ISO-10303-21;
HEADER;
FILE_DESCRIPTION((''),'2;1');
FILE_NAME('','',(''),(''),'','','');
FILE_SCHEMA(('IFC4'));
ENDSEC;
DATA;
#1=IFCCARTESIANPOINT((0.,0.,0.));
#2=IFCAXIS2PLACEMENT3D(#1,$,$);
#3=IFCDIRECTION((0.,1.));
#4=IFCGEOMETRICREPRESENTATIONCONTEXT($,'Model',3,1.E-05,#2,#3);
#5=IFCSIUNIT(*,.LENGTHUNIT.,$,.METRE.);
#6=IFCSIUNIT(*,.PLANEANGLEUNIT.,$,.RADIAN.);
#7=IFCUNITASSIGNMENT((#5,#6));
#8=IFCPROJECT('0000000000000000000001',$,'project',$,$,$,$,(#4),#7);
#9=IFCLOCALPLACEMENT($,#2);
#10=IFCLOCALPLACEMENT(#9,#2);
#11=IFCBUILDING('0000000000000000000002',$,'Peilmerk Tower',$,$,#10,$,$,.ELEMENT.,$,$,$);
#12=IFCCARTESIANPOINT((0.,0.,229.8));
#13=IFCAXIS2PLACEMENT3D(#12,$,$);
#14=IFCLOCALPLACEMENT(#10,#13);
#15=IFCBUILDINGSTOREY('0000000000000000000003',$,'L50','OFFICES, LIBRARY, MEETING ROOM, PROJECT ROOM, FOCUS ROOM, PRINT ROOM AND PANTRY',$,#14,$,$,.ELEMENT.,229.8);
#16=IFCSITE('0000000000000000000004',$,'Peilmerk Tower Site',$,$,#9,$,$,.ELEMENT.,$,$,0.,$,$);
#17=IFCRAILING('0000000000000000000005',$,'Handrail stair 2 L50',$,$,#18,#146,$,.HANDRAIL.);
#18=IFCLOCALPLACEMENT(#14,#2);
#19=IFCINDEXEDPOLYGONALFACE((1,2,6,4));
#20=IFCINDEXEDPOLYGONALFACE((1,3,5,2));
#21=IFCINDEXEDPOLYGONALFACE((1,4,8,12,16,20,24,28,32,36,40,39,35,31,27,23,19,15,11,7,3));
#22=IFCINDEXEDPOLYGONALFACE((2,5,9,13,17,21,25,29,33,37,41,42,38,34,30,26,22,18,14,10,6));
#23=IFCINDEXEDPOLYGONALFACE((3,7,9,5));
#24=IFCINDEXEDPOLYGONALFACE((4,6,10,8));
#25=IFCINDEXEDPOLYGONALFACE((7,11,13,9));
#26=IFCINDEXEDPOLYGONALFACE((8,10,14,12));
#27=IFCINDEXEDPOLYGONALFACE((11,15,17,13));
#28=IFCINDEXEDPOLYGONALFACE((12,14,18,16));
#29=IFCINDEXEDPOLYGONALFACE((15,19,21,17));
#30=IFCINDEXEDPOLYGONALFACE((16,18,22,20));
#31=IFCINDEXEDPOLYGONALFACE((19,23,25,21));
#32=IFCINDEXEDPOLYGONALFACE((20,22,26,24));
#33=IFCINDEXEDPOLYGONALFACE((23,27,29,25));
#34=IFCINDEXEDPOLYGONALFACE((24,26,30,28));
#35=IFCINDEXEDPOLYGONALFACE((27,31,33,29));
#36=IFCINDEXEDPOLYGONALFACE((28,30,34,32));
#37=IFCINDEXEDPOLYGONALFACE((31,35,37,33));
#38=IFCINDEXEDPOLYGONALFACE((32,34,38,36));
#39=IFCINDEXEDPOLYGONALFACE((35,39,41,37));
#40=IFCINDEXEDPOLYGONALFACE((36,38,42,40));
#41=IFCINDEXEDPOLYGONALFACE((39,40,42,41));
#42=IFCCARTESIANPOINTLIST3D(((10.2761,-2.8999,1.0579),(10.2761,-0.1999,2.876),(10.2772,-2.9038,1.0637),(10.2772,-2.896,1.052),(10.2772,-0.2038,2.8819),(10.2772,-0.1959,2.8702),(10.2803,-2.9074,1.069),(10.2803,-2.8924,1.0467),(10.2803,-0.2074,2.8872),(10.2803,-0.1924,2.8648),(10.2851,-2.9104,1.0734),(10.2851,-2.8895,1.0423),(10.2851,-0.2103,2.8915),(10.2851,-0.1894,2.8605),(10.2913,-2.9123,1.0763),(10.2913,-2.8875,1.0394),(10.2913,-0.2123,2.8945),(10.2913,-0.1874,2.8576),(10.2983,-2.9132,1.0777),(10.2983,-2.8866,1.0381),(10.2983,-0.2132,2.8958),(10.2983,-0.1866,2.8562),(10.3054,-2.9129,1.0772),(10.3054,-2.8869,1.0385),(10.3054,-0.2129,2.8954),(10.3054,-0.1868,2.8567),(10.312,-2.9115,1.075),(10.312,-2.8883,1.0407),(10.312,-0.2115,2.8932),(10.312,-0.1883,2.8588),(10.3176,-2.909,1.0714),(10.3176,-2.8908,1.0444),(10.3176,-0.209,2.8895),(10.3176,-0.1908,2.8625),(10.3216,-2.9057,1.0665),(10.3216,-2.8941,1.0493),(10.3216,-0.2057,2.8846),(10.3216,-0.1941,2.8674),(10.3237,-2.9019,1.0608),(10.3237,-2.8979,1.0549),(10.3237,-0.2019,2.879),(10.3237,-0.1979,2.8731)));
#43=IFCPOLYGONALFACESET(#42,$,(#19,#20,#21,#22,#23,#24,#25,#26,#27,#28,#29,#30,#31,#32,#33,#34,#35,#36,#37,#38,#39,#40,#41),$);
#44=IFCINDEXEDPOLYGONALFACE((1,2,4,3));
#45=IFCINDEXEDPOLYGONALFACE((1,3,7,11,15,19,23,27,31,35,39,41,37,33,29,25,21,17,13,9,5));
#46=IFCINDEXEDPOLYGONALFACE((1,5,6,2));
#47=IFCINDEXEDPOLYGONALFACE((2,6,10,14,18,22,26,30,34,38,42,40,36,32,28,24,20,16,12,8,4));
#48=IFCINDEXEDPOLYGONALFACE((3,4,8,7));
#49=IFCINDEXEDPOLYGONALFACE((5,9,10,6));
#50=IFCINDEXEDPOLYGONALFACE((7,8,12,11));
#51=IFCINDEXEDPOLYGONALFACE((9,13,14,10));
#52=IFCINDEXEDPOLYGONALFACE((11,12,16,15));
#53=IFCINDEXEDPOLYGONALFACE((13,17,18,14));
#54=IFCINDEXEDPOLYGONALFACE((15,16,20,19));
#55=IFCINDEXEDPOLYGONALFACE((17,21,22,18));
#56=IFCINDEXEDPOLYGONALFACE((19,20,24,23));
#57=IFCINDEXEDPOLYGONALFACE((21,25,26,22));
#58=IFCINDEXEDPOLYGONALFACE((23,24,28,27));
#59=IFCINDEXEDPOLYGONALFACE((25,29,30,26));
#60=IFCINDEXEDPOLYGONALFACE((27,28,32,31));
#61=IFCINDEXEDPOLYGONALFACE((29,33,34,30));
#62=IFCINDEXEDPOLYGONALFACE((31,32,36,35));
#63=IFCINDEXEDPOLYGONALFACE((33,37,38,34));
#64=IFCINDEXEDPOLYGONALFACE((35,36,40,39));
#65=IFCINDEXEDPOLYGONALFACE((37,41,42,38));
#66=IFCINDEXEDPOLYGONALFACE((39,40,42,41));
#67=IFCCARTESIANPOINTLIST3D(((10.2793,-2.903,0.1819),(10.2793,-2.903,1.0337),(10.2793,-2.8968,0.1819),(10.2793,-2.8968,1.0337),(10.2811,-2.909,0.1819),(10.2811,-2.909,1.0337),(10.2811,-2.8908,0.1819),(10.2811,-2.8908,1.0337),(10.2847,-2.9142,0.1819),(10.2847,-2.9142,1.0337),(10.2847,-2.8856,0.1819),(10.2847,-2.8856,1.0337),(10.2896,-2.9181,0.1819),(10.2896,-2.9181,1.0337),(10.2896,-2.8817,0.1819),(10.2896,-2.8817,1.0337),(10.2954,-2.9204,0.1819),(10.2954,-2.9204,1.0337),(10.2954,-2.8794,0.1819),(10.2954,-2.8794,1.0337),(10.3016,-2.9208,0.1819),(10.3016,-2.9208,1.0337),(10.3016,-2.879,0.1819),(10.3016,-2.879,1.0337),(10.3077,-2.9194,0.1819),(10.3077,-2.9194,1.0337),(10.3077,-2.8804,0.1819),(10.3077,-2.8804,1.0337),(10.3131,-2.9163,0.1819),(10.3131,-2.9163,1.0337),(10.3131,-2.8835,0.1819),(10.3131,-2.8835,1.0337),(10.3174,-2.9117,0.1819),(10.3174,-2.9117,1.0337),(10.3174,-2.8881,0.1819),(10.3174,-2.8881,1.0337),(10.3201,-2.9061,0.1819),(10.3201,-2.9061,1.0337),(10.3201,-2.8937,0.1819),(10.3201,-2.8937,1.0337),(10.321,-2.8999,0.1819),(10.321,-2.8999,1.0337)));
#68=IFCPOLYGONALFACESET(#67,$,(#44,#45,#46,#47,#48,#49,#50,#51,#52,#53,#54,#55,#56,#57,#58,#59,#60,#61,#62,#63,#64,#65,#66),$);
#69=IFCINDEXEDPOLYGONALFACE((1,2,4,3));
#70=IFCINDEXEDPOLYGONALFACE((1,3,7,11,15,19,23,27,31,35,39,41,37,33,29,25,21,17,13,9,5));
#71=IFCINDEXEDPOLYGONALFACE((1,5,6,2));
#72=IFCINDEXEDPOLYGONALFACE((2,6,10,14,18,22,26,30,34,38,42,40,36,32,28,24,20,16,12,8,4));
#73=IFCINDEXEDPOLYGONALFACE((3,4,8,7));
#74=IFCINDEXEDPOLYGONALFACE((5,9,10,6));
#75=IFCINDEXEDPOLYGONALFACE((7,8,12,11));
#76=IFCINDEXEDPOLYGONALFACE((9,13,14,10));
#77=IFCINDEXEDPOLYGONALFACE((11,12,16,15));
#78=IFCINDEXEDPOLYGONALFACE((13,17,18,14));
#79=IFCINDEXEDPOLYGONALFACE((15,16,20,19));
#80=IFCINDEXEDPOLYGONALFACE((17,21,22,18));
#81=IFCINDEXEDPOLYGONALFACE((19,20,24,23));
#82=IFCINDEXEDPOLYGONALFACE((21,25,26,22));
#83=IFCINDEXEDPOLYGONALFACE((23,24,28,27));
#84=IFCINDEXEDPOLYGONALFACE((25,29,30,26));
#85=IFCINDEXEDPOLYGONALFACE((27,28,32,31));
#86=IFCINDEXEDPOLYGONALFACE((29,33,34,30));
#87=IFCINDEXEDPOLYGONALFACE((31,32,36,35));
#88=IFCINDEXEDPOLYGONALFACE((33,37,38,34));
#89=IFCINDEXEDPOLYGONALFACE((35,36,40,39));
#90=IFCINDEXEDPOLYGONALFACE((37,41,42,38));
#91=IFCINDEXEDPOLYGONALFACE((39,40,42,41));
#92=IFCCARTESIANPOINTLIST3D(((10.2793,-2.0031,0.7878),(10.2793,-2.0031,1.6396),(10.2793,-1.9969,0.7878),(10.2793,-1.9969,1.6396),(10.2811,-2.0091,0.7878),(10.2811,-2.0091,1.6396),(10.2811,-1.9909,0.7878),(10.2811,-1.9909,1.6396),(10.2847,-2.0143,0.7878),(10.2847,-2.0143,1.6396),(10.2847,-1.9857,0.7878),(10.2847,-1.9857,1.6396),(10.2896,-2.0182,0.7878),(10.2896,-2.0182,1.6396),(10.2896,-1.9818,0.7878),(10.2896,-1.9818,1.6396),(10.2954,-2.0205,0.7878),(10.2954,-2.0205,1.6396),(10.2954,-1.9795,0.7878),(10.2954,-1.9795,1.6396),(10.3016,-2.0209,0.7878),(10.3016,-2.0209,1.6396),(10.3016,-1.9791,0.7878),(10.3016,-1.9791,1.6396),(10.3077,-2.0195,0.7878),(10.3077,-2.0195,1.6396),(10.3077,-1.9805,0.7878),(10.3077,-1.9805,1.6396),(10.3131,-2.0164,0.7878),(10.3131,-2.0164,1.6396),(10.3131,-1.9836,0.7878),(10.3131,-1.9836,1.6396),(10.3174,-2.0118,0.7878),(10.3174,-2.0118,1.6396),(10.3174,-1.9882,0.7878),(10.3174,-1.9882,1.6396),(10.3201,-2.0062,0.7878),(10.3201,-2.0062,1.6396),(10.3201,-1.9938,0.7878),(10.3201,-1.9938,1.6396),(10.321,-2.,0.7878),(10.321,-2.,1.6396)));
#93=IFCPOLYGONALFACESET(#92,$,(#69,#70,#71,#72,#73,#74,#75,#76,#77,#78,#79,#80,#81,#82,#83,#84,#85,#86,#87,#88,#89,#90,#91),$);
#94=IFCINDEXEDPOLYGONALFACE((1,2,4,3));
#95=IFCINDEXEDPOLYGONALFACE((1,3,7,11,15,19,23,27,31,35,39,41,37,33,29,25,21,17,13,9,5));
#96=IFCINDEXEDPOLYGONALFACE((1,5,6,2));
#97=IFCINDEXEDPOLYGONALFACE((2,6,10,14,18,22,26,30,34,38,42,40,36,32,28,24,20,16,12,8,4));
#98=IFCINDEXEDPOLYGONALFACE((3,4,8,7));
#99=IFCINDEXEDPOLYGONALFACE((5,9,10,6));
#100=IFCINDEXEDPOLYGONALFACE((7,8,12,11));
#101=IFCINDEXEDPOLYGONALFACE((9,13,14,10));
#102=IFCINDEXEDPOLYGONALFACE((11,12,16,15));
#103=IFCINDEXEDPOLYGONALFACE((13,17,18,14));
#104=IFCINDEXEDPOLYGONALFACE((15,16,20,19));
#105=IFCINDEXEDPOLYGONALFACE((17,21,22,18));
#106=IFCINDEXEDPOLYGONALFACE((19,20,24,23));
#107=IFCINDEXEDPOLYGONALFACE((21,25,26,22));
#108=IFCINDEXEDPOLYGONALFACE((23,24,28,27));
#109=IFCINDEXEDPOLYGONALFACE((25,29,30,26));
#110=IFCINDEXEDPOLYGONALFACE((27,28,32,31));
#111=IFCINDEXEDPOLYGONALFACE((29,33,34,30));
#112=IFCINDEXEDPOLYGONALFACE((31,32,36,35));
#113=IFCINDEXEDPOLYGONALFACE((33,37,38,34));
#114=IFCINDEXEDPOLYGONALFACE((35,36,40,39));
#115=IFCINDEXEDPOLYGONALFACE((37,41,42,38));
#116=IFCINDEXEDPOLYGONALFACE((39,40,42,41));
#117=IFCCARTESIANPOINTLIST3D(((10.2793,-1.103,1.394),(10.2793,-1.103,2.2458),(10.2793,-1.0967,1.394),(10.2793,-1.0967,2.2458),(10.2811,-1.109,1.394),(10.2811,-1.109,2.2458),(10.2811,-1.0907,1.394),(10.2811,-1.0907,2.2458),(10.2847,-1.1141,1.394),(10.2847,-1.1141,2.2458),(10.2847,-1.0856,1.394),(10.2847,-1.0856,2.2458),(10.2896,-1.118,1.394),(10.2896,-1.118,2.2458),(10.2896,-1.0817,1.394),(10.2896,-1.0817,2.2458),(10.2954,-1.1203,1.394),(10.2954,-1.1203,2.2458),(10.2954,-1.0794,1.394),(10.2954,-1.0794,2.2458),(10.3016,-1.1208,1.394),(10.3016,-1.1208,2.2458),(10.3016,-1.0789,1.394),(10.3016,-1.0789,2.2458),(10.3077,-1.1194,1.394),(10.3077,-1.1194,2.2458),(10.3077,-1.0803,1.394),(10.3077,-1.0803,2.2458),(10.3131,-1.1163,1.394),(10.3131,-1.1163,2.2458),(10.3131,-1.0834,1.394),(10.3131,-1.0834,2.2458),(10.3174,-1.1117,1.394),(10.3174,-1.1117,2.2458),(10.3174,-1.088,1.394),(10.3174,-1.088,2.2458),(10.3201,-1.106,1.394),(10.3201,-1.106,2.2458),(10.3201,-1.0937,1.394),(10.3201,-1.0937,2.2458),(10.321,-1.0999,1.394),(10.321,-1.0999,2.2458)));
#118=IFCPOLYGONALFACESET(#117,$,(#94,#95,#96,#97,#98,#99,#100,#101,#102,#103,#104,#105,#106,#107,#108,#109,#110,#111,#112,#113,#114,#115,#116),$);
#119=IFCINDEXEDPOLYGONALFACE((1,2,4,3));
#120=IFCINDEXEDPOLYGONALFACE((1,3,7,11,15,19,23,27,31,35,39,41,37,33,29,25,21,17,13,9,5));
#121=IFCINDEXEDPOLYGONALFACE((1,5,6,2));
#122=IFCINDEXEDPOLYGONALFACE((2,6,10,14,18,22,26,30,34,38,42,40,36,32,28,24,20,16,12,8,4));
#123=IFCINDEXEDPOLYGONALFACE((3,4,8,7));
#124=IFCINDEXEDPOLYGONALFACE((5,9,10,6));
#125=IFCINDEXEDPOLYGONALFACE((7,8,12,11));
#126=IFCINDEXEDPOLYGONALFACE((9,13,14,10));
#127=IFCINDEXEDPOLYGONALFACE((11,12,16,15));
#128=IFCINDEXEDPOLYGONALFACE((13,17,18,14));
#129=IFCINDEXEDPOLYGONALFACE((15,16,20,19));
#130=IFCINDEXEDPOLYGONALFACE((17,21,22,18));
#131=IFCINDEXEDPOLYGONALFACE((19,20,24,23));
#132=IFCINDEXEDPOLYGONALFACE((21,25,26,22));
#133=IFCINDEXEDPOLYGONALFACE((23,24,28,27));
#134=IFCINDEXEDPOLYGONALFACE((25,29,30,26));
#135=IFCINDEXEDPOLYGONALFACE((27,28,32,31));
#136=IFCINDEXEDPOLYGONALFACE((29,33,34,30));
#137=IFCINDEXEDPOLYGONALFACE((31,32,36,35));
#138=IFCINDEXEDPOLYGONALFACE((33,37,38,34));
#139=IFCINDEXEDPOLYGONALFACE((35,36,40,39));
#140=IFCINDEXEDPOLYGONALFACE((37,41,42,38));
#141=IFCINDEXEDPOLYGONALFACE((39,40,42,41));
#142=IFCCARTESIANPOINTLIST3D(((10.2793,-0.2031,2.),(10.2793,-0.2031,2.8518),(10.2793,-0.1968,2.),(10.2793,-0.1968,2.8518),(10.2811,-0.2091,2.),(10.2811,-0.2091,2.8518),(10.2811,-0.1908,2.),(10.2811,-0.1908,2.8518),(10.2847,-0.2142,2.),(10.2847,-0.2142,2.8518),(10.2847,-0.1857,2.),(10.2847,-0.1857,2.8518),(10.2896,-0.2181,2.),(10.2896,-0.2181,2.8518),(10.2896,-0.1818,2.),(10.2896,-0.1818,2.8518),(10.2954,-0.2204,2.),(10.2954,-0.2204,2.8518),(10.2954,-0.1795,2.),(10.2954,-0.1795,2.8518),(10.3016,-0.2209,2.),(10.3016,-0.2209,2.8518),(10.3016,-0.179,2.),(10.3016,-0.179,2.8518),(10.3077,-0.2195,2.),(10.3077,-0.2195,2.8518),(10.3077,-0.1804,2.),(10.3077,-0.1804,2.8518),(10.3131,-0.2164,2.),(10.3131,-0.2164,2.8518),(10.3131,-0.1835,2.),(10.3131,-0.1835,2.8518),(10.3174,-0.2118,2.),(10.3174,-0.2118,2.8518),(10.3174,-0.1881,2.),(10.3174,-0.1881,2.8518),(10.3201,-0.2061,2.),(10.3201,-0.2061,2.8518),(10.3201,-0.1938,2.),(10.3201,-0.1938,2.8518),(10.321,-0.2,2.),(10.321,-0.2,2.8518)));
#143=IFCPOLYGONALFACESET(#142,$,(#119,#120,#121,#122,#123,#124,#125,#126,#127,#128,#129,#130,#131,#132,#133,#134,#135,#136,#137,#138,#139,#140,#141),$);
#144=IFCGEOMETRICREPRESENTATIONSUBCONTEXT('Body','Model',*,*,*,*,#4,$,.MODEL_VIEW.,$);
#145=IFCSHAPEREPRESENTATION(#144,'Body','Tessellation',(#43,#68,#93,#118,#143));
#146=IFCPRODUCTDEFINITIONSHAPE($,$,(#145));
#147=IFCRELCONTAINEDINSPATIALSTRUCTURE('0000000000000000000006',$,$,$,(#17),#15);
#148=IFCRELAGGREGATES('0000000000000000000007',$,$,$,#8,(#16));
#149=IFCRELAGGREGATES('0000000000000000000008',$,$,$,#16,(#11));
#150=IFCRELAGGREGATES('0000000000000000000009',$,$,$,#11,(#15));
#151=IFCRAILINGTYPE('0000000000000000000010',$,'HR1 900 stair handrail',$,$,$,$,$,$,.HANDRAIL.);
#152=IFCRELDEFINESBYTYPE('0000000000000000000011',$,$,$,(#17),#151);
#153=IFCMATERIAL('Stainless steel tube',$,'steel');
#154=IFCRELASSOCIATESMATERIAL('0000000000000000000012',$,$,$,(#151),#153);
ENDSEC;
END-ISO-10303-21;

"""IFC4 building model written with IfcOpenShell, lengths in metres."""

from ifc_helpers import new_model, si_unit, direction, frame, origin, origin_2d, place, context, subcontext, project, spatial, circle, extrude, material, type_object, element, save


model = new_model("IFC4")

# Units and contexts
model_context = context("Model", 3, precision=1e-05, world=origin(), true_north=direction((0.0, 1.0)))
body_context = subcontext(model_context, "Body", "Model", "MODEL_VIEW")
ifc_project = project(units=[si_unit("LENGTHUNIT", "METRE"), si_unit("PLANEANGLEUNIT", "RADIAN")], contexts=[model_context])

# Site, building, storey
site_placement = place(None, origin())
site = spatial("IfcSite", under=ifc_project, at=site_placement, Name="Peilmerk Tower Site", CompositionType="ELEMENT", RefElevation=0.0)
building_placement = place(site_placement, origin())
building = spatial("IfcBuilding", under=site, at=building_placement, Name="Peilmerk Tower", CompositionType="ELEMENT")
storey_placement = place(building_placement, frame((0.0, 0.0, 229.8)))
storey = spatial("IfcBuildingStorey", under=building, at=storey_placement, Name="L50", Description="OFFICES, LIBRARY, MEETING ROOM, PROJECT ROOM, FOCUS ROOM, PRINT ROOM AND PANTRY", CompositionType="ELEMENT", Elevation=229.8)

# Railing
ifc_material_1 = material(Name="Stainless steel tube", Category="steel")
railing_type_1 = type_object("IfcRailingType", Name="HR1 900 stair handrail", PredefinedType="HANDRAIL", material=ifc_material_1)
railing_1_placement = place(storey_placement, frame((10.3, -2.8999, 0.1819)))
element("IfcRailing", 1, at=railing_1_placement, inside=storey, type_object=railing_type_1, Name="Handrail stair 2 L50", PredefinedType="HANDRAIL", context=body_context, shape_type="SweptSolid", body=[
    extrude(circle(Radius=0.0239, at=origin_2d()), frame((0.0, 0.0, 0.876), z_axis=(0.0, 0.829468, 0.558554), x_axis=(-1.0, 0.0, 0.0)), (0.0, 0.0, 1.0), 3.2551),
    extrude(circle(Radius=0.021, at=origin_2d()), origin(), (0.0, 0.0, 1.0), 0.8518),
    extrude(circle(Radius=0.021, at=origin_2d()), frame((0.0, 0.8999, 0.606)), (0.0, 0.0, 1.0), 0.8518),
    extrude(circle(Radius=0.021, at=origin_2d()), frame((0.0, 1.8, 1.2122)), (0.0, 0.0, 1.0), 0.8518),
    extrude(circle(Radius=0.021, at=origin_2d()), frame((0.0, 2.7, 1.8181)), (0.0, 0.0, 1.0), 0.8518),
])

save(model, "model.ifc")
